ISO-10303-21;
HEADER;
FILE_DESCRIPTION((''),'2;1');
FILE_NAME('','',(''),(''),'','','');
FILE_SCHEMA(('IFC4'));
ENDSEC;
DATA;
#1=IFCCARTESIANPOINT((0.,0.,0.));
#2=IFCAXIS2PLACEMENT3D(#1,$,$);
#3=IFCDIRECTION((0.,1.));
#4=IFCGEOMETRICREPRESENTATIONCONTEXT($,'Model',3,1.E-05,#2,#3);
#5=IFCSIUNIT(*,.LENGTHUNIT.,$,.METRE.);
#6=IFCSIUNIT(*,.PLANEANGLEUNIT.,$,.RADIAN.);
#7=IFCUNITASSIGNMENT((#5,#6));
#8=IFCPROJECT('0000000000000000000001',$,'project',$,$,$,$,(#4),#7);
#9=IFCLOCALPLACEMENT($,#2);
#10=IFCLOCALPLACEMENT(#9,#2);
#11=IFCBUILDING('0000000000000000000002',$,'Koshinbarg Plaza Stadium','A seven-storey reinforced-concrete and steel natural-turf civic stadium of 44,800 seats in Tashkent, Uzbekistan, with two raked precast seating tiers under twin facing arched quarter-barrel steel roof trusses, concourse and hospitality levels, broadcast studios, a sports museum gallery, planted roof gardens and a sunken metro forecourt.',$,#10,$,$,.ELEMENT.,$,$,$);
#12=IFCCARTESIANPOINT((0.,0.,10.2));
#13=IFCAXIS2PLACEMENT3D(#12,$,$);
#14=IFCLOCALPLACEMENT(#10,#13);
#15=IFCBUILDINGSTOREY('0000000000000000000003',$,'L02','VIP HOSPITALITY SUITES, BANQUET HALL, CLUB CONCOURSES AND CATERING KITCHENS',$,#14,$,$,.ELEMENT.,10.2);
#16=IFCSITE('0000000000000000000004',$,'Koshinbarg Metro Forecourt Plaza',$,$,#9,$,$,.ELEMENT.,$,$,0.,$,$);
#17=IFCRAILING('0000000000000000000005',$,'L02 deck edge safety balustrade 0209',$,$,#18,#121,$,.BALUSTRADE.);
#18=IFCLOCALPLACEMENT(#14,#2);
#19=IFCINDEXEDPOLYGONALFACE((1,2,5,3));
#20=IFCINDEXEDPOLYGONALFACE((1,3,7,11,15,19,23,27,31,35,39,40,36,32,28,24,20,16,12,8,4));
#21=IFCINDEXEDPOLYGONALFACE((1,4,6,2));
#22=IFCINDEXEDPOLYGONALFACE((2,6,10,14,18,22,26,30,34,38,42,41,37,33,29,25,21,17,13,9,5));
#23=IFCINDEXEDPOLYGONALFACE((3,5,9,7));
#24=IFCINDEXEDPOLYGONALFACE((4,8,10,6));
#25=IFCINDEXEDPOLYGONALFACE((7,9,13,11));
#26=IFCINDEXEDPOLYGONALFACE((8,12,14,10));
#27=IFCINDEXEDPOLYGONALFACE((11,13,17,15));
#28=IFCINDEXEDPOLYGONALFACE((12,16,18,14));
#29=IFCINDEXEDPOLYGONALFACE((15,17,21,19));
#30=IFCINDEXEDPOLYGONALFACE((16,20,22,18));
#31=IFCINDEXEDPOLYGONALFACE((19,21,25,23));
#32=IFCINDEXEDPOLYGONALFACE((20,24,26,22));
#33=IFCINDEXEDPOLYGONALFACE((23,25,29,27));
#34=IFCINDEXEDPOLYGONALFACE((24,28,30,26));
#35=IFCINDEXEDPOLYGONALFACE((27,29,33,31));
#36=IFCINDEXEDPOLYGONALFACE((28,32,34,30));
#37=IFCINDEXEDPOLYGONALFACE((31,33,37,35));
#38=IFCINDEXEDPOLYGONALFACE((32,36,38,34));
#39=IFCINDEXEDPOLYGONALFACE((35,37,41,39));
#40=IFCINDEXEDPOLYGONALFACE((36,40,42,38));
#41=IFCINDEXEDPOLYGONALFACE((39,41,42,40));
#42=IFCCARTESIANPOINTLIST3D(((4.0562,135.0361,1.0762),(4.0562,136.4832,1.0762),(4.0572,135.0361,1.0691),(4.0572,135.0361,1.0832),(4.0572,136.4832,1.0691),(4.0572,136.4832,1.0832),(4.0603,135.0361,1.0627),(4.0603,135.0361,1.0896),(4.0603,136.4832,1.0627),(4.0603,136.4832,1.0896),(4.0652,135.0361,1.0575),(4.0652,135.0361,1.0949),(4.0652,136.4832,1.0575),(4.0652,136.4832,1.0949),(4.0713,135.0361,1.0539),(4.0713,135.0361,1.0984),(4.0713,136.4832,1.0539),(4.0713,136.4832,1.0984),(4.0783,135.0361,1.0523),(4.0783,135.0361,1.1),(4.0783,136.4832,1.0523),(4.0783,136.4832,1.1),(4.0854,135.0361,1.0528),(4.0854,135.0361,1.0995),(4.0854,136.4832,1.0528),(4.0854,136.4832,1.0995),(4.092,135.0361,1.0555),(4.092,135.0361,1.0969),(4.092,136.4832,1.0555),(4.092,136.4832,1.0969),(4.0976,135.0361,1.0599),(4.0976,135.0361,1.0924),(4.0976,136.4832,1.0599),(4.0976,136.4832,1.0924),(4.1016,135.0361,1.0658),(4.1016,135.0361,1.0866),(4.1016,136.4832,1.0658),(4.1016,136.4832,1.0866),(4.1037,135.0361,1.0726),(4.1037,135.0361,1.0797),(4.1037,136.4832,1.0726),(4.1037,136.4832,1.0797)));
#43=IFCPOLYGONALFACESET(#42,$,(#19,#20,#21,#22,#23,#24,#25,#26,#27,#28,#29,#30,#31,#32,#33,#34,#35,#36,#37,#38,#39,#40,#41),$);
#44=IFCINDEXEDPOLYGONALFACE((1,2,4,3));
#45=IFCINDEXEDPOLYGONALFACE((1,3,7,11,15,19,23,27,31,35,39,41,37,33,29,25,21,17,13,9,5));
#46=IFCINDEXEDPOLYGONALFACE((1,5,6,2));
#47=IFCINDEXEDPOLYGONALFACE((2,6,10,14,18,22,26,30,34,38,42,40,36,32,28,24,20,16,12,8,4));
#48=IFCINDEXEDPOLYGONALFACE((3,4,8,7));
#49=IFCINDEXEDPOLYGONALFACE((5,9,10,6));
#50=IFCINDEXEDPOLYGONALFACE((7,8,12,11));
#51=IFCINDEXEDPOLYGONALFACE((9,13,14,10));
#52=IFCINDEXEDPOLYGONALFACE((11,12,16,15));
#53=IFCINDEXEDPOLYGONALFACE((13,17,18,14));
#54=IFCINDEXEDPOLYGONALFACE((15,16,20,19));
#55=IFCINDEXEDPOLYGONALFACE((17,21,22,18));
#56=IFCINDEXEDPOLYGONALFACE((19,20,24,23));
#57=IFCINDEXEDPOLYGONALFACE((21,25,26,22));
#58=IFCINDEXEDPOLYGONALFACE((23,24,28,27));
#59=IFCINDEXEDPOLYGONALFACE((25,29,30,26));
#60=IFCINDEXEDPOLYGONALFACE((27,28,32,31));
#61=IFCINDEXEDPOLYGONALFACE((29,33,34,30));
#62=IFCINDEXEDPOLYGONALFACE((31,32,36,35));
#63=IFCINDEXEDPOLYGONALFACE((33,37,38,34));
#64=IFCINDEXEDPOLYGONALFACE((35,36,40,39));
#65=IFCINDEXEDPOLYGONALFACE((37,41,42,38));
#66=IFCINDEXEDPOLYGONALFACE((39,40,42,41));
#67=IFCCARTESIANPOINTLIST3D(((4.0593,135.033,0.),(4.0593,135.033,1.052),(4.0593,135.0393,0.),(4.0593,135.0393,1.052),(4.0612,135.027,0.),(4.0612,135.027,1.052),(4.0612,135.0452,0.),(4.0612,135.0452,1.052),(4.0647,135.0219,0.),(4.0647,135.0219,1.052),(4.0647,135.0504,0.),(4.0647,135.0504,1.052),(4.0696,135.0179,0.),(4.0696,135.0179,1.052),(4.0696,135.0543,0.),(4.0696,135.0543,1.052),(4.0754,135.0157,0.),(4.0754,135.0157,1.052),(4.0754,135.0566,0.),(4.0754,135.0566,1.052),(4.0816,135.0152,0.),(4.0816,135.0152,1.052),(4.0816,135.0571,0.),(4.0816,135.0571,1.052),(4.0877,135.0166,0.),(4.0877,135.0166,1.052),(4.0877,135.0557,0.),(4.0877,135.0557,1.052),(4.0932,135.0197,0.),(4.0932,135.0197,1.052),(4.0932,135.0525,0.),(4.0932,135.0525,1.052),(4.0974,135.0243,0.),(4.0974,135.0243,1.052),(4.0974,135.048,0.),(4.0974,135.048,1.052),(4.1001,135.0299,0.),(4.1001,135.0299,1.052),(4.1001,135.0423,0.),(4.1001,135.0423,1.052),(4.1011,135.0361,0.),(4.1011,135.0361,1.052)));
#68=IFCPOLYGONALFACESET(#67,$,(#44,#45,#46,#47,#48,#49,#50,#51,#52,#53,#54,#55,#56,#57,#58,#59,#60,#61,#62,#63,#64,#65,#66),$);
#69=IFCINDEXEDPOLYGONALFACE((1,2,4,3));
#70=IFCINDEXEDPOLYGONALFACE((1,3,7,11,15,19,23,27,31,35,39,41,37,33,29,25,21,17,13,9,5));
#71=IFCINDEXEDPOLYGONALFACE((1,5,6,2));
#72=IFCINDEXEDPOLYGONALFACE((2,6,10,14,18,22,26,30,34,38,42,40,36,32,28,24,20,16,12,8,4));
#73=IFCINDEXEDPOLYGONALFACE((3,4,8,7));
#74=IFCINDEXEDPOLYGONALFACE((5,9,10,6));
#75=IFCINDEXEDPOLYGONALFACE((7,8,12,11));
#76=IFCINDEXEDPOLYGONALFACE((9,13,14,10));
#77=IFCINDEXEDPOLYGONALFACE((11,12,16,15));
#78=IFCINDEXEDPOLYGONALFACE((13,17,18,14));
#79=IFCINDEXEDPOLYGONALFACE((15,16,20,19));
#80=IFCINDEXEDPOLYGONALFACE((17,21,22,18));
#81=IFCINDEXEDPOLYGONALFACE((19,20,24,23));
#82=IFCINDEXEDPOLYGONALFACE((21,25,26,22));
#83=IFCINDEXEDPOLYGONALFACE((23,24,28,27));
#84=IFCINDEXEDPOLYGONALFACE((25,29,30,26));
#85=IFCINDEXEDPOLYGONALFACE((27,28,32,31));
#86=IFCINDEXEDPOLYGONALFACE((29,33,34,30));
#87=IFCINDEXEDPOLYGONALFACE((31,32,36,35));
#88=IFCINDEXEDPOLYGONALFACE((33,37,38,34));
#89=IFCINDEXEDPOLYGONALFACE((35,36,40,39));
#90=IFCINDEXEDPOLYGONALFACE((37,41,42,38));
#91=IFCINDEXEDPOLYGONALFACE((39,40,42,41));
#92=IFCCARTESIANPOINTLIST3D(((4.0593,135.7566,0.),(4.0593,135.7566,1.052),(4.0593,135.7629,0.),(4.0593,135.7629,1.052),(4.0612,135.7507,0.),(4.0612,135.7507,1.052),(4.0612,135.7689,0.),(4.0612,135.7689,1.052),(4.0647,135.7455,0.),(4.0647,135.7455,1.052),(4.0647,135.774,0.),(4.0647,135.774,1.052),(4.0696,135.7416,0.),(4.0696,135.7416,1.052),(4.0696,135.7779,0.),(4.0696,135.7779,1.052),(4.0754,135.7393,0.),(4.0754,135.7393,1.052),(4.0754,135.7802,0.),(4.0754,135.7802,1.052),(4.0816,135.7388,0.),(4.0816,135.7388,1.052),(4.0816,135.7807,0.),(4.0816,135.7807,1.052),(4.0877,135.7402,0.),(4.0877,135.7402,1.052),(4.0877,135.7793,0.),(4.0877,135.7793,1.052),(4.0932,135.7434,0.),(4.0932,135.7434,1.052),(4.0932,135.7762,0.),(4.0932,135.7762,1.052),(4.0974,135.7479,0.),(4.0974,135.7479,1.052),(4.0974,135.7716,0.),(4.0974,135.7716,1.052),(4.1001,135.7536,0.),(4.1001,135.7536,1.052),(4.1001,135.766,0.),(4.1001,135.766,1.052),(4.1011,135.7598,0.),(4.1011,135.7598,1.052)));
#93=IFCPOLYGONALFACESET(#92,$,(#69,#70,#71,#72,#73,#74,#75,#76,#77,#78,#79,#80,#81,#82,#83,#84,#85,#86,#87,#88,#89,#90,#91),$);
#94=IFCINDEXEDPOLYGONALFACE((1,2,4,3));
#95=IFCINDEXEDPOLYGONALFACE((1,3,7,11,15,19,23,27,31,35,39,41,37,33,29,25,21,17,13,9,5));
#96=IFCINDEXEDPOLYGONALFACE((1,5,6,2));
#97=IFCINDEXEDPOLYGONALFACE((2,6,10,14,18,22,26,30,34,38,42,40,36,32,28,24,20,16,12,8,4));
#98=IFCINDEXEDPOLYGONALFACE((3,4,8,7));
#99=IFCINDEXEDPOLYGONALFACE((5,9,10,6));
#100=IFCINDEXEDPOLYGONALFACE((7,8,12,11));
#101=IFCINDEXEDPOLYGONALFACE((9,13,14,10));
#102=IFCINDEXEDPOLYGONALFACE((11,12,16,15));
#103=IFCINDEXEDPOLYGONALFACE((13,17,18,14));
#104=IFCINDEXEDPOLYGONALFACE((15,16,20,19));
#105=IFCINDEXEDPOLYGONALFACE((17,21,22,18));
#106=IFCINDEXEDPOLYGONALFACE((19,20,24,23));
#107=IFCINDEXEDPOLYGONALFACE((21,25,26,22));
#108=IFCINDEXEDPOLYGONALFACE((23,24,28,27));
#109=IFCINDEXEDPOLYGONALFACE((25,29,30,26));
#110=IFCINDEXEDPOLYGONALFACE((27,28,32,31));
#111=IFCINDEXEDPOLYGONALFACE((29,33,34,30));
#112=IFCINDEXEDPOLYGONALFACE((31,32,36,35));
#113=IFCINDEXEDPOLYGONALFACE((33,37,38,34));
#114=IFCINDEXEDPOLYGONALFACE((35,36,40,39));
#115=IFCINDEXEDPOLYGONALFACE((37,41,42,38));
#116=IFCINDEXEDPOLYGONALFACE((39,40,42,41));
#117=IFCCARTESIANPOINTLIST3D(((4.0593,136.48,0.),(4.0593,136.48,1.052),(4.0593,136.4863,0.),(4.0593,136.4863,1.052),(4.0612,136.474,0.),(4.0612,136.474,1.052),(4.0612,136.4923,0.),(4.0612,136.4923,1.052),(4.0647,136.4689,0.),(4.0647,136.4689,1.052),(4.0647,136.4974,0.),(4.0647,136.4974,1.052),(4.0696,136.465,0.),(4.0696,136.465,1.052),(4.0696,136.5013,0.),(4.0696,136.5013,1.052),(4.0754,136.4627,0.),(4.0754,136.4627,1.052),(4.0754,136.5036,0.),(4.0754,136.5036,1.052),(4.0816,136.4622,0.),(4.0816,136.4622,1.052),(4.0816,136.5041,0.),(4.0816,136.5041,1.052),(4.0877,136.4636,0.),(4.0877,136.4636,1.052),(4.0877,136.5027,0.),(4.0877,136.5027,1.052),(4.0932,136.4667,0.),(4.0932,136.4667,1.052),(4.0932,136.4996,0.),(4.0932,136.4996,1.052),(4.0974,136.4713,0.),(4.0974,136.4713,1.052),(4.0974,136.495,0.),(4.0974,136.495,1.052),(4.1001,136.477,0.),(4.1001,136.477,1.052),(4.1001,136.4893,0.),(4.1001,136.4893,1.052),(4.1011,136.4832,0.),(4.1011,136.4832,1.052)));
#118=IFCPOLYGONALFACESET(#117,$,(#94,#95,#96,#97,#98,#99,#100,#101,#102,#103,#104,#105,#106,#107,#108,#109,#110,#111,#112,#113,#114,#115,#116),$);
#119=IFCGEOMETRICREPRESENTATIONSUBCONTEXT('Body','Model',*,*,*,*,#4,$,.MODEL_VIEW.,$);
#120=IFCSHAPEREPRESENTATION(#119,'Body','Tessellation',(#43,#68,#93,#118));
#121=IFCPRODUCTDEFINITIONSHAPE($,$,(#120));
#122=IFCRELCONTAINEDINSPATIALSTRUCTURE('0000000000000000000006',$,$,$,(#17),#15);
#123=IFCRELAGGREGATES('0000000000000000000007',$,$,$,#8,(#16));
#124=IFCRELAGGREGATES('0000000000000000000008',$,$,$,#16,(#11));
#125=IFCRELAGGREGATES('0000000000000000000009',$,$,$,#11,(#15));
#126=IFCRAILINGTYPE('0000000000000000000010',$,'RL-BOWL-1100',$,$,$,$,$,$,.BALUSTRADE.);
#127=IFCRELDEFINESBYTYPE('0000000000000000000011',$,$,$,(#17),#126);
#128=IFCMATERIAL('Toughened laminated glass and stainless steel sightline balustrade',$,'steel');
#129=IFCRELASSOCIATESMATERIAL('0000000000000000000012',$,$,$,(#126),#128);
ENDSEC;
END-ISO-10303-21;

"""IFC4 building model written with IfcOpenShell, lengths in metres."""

from ifc_helpers import new_model, si_unit, direction, frame, origin, origin_2d, place, context, subcontext, project, spatial, circle, extrude, material, type_object, element, save


model = new_model("IFC4")

# Units and contexts
model_context = context("Model", 3, precision=1e-05, world=origin(), true_north=direction((0.0, 1.0)))
body_context = subcontext(model_context, "Body", "Model", "MODEL_VIEW")
ifc_project = project(units=[si_unit("LENGTHUNIT", "METRE"), si_unit("PLANEANGLEUNIT", "RADIAN")], contexts=[model_context])

# Site, building, storey
site_placement = place(None, origin())
site = spatial("IfcSite", under=ifc_project, at=site_placement, Name="Koshinbarg Metro Forecourt Plaza", CompositionType="ELEMENT", RefElevation=0.0)
building_placement = place(site_placement, origin())
building = spatial("IfcBuilding", under=site, at=building_placement, Name="Koshinbarg Plaza Stadium", Description="A seven-storey reinforced-concrete and steel natural-turf civic stadium of 44,800 seats in Tashkent, Uzbekistan, with two raked precast seating tiers under twin facing arched quarter-barrel steel roof trusses, concourse and hospitality levels, broadcast studios, a sports museum gallery, planted roof gardens and a sunken metro forecourt.", CompositionType="ELEMENT")
storey_placement = place(building_placement, frame((0.0, 0.0, 10.2)))
storey = spatial("IfcBuildingStorey", under=building, at=storey_placement, Name="L02", Description="VIP HOSPITALITY SUITES, BANQUET HALL, CLUB CONCOURSES AND CATERING KITCHENS", CompositionType="ELEMENT", Elevation=10.2)

# Railing
ifc_material_1 = material(Name="Toughened laminated glass and stainless steel sightline balustrade", Category="steel")
railing_type = type_object("IfcRailingType", Name="RL-BOWL-1100", PredefinedType="BALUSTRADE", material=ifc_material_1)
railing_placement = place(storey_placement, frame((4.0801, 135.0361, 0.0)))
element("IfcRailing", 1, at=railing_placement, inside=storey, type_object=railing_type, Name="L02 deck edge safety balustrade 0209", PredefinedType="BALUSTRADE", context=body_context, shape_type="SweptSolid", body=[
    extrude(circle(Radius=0.0239, at=origin_2d()), frame((0.0, 0.0, 1.0762), z_axis=(0.0, 1.0, 0.0), x_axis=(-1.0, 0.0, 0.0)), (0.0, 0.0, 1.0), 1.447),
    extrude(circle(Radius=0.021, at=origin_2d()), origin(), (0.0, 0.0, 1.0), 1.052),
    extrude(circle(Radius=0.021, at=origin_2d()), frame((0.0, 0.7236, 0.0)), (0.0, 0.0, 1.0), 1.052),
    extrude(circle(Radius=0.021, at=origin_2d()), frame((0.0, 1.447, 0.0)), (0.0, 0.0, 1.0), 1.052),
])

save(model, "model.ifc")
